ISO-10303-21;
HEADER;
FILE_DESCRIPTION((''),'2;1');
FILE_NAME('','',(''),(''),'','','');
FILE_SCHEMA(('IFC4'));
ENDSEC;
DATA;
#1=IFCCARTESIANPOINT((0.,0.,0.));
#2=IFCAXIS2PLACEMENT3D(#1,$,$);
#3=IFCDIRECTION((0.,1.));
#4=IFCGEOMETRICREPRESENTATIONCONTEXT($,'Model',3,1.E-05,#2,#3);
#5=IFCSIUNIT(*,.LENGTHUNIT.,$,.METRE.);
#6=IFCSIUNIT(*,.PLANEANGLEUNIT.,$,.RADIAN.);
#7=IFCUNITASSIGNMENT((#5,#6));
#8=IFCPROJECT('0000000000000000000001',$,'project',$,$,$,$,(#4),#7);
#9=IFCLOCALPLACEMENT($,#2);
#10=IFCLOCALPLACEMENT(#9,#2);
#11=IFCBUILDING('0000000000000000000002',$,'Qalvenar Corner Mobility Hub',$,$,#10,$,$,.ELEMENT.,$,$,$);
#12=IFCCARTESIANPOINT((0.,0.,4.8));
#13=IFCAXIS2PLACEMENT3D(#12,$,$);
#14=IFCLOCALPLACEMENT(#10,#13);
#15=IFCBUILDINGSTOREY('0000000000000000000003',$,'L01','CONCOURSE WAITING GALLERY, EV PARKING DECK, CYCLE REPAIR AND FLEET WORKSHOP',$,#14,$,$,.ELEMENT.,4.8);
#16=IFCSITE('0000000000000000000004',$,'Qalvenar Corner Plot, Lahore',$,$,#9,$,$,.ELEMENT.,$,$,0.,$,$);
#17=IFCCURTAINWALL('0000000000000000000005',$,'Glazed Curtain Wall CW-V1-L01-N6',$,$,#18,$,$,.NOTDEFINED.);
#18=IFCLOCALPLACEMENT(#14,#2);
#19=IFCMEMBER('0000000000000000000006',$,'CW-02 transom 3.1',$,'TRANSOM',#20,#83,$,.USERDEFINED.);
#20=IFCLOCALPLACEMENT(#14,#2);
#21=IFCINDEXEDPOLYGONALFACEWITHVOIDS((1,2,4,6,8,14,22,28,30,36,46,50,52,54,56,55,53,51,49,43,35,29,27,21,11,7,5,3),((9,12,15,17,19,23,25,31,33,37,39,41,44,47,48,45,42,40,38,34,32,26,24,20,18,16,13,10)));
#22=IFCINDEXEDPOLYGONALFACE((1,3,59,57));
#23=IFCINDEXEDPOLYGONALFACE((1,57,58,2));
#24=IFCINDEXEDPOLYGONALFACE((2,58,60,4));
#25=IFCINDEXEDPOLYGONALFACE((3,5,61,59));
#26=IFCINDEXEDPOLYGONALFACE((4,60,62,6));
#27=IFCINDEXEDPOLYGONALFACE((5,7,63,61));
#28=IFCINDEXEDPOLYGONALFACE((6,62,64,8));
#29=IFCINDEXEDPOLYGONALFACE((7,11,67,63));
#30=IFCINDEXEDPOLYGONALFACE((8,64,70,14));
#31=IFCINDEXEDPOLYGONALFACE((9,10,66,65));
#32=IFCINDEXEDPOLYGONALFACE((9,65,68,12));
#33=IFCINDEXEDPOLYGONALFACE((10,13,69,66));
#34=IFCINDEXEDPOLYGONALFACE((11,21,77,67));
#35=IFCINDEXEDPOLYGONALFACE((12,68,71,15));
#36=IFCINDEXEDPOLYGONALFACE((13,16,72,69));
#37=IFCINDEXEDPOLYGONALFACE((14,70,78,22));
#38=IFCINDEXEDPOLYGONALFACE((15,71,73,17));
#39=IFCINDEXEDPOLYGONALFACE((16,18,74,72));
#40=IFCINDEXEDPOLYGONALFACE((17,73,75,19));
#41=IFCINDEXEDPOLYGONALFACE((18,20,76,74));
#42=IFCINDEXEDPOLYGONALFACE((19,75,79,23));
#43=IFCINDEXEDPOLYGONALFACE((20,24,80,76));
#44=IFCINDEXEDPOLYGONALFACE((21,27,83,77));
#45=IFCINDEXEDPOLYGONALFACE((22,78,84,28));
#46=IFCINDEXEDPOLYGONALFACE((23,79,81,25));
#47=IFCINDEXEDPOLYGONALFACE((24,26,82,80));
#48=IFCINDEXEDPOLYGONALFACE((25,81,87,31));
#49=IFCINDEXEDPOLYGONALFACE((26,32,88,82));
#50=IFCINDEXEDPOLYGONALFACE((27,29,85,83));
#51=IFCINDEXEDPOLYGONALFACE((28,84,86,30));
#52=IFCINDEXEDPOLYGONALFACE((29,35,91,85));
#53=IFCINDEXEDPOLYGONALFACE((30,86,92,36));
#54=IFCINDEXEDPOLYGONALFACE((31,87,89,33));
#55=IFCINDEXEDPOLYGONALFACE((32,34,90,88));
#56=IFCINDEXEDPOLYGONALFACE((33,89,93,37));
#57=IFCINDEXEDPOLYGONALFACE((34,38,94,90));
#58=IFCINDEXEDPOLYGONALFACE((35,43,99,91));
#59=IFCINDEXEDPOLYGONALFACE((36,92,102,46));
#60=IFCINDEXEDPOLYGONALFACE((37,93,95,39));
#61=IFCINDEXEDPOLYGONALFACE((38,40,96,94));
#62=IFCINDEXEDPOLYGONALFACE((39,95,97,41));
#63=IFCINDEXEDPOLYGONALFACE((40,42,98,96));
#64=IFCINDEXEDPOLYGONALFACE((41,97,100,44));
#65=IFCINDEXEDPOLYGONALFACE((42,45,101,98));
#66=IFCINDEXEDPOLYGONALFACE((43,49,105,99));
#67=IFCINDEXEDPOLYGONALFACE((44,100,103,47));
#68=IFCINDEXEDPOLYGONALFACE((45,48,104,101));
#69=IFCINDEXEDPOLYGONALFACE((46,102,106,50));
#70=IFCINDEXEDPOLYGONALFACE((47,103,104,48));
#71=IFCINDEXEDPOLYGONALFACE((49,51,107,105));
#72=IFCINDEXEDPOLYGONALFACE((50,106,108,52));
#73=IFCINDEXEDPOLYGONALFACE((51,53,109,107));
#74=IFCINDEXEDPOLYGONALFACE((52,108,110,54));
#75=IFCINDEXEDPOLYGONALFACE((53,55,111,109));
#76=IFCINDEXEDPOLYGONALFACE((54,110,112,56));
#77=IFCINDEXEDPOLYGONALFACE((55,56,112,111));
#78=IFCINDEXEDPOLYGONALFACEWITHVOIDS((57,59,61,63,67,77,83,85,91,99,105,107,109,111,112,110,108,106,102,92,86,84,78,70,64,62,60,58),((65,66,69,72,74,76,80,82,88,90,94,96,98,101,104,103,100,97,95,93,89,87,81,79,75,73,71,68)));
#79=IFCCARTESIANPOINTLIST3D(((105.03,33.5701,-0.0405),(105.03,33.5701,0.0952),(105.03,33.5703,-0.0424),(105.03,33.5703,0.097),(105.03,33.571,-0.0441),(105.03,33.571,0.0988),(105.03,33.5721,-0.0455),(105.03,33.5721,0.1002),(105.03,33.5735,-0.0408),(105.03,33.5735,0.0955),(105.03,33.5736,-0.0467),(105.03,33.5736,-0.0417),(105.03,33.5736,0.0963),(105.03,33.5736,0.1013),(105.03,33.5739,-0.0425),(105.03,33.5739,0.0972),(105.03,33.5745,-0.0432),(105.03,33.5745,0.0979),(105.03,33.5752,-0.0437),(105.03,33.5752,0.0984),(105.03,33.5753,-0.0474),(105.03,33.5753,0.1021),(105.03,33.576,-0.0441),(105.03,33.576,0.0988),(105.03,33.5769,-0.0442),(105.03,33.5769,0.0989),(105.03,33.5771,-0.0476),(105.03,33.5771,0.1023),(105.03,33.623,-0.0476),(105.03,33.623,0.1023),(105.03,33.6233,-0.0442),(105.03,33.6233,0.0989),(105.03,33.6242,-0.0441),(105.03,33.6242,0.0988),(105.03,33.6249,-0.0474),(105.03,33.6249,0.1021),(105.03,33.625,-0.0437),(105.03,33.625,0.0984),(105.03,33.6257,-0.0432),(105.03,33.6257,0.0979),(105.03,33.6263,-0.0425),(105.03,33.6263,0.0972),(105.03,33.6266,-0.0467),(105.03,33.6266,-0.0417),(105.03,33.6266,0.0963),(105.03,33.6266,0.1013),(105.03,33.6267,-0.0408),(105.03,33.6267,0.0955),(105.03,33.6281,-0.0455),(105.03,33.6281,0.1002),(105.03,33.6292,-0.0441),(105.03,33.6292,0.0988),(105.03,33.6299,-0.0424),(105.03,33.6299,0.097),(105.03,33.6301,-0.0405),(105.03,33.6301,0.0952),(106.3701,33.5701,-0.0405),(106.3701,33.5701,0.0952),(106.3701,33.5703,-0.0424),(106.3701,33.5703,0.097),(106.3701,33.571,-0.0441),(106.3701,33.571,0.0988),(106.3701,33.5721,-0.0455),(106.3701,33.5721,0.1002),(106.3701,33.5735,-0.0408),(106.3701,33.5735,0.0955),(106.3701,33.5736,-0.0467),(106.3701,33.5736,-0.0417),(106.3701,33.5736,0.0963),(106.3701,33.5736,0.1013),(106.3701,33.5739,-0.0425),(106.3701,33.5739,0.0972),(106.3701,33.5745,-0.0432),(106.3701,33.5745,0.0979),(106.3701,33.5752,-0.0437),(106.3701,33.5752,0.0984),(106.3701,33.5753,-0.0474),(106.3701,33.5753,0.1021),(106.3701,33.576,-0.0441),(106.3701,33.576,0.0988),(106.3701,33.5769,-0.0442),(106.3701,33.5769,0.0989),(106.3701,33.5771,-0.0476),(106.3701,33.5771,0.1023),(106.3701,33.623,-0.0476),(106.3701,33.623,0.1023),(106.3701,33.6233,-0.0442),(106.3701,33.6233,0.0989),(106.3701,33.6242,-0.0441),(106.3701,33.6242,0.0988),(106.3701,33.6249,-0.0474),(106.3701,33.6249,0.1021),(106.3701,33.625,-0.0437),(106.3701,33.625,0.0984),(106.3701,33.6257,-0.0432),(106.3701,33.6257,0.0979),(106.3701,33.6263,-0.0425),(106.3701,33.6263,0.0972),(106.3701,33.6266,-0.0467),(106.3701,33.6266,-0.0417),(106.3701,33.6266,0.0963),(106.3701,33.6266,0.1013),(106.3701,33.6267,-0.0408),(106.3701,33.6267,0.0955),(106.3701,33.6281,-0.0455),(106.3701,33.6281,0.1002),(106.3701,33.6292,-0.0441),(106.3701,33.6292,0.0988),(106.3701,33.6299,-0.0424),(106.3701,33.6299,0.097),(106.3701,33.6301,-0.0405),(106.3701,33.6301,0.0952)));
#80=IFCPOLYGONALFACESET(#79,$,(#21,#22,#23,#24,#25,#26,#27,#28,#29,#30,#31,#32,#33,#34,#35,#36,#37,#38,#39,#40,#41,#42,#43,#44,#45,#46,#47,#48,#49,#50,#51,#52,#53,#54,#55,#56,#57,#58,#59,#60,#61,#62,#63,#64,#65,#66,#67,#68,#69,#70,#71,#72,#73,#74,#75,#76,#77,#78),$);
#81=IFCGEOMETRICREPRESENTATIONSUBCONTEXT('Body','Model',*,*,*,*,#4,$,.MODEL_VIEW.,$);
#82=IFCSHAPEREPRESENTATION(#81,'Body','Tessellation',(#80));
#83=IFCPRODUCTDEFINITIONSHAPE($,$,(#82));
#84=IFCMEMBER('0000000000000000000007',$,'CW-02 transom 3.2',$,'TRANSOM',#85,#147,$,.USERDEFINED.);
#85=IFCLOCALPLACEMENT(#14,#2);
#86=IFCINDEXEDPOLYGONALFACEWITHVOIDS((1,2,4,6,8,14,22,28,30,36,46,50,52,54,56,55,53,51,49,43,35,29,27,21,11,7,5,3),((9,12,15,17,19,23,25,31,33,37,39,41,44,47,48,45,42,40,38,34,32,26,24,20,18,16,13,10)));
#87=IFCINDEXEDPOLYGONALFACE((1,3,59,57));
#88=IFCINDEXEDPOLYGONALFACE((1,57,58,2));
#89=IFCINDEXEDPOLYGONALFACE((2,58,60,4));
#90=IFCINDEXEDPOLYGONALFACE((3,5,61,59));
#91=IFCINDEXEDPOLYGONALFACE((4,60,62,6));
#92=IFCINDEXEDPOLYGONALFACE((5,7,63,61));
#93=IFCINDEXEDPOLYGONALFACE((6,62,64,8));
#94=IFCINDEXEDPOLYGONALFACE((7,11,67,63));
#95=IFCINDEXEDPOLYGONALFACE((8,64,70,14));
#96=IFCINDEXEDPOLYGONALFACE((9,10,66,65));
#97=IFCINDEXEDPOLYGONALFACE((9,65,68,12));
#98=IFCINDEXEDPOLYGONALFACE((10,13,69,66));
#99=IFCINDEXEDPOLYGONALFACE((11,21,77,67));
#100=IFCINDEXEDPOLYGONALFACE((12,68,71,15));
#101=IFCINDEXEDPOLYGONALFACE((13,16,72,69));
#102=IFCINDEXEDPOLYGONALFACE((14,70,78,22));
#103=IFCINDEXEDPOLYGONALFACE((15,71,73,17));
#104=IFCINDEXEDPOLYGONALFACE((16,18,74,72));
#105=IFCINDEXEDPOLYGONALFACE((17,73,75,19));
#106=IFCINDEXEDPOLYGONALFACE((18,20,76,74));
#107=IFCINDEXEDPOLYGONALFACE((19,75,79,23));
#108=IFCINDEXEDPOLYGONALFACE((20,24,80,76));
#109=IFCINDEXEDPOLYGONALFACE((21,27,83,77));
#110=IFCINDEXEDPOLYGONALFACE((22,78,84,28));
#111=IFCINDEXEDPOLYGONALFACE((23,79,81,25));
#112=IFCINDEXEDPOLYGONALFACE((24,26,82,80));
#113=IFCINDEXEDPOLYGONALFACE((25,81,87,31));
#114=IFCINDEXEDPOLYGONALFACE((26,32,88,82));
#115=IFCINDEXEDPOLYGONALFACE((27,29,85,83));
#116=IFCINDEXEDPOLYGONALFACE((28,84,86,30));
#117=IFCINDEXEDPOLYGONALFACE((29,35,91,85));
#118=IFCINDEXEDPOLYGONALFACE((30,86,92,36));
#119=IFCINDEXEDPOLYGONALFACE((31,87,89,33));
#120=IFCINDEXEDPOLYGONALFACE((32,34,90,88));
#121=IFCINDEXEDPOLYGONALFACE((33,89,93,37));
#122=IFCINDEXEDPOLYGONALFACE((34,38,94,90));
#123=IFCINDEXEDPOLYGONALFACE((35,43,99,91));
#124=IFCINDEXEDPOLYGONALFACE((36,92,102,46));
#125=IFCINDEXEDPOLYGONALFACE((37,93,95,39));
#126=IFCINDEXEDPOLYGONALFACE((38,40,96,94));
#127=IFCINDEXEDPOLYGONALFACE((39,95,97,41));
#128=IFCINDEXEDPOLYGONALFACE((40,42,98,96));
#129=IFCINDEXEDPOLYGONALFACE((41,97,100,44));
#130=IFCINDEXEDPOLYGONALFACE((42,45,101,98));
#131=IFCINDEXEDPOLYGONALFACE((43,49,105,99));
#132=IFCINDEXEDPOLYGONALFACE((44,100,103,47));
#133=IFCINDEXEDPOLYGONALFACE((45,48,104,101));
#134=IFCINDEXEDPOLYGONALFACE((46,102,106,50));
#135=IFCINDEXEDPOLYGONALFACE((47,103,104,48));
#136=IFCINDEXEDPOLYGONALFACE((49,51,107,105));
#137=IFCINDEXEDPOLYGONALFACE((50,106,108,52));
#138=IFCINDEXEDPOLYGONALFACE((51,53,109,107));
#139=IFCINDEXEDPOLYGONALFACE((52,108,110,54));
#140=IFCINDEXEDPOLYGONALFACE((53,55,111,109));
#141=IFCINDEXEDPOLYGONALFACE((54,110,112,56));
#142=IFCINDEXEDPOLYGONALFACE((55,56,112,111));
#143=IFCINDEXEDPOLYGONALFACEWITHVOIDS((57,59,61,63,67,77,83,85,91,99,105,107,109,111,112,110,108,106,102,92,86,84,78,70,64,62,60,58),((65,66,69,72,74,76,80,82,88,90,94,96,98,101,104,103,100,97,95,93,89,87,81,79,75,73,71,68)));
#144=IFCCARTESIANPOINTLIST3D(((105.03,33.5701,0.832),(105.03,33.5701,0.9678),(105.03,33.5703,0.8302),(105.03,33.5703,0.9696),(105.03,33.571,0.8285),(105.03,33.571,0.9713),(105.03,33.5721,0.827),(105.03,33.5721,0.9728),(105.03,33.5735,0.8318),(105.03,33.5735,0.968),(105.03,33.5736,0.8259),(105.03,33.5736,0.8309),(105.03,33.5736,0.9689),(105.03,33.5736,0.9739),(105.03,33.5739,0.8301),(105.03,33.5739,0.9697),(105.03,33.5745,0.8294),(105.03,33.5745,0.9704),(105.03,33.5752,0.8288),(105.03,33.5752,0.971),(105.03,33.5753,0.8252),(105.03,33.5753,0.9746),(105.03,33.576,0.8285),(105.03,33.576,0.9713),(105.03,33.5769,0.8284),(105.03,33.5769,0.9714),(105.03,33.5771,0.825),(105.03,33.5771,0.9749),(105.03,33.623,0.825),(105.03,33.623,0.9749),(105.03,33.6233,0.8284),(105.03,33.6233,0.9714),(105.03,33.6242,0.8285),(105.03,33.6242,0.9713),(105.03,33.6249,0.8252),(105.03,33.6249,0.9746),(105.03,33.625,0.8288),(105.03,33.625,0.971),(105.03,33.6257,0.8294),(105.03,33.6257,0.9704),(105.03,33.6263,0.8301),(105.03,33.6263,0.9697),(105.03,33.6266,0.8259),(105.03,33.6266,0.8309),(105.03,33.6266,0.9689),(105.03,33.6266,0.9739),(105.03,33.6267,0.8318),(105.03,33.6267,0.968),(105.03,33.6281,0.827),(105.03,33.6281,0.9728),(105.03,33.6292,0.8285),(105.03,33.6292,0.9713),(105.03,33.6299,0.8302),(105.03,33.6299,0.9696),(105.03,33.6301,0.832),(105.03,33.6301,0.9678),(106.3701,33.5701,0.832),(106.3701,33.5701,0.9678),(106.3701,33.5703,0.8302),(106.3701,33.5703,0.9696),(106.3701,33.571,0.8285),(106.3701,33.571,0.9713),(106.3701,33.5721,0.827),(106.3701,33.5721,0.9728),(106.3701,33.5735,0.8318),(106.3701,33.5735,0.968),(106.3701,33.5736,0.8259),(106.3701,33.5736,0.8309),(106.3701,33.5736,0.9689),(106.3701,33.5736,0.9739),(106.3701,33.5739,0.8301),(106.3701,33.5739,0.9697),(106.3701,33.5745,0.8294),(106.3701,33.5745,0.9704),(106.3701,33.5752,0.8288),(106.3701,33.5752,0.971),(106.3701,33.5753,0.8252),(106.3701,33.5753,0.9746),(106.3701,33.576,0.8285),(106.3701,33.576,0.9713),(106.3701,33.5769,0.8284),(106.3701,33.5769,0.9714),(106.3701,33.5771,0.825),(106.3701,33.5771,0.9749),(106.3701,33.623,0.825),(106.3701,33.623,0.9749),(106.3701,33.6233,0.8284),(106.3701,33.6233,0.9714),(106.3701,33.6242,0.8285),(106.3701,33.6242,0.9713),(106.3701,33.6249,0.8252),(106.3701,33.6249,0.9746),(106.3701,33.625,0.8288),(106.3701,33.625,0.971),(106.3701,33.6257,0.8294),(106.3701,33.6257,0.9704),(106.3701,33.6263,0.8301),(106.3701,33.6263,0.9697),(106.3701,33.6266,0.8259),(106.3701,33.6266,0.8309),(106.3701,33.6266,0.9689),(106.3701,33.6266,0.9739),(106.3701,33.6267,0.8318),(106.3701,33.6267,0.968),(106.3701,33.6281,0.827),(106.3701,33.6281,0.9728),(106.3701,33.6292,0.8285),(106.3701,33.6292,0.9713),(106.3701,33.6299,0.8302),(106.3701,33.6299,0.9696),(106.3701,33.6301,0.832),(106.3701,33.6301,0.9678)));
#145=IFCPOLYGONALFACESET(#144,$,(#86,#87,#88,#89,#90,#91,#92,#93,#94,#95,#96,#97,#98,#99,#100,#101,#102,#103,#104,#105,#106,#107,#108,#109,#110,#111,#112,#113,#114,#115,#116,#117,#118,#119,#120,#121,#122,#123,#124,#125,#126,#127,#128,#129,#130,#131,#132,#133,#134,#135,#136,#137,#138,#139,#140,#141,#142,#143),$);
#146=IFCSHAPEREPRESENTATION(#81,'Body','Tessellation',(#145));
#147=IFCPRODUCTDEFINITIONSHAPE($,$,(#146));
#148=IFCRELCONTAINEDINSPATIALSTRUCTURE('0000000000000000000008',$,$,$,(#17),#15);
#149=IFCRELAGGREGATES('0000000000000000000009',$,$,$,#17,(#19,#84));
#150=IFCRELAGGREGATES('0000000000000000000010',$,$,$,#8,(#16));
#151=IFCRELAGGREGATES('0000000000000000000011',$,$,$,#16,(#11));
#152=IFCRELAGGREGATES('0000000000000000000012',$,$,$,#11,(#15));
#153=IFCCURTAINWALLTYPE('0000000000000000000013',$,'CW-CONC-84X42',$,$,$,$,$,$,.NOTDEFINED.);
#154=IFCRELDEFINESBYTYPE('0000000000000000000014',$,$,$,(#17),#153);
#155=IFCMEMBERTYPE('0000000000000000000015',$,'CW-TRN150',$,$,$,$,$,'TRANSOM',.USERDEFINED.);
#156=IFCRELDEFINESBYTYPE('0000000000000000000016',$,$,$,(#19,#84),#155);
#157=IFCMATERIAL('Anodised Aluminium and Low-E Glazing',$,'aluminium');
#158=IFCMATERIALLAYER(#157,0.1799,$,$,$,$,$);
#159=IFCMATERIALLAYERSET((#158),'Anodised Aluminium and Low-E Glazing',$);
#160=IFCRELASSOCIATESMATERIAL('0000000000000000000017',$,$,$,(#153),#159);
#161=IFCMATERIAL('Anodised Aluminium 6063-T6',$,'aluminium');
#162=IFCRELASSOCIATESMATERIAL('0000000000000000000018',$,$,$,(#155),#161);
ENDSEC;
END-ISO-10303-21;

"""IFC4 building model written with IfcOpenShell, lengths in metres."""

from ifc_helpers import new_model, si_unit, direction, frame, origin, origin_2d, place, context, subcontext, project, spatial, hollow_rectangle, extrude, material, layer, layer_set, material_profile, profile_set, type_object, element, aggregate, save


model = new_model("IFC4")

# Units and contexts
model_context = context("Model", 3, precision=1e-05, world=origin(), true_north=direction((0.0, 1.0)))
body_context = subcontext(model_context, "Body", "Model", "MODEL_VIEW")
ifc_project = project(units=[si_unit("LENGTHUNIT", "METRE"), si_unit("PLANEANGLEUNIT", "RADIAN")], contexts=[model_context])

# Site, building, storey
site_placement = place(None, origin())
site = spatial("IfcSite", under=ifc_project, at=site_placement, Name="Qalvenar Corner Plot, Lahore", CompositionType="ELEMENT", RefElevation=0.0)
building_placement = place(site_placement, origin())
building = spatial("IfcBuilding", under=site, at=building_placement, Name="Qalvenar Corner Mobility Hub", CompositionType="ELEMENT")
storey_placement = place(building_placement, frame((0.0, 0.0, 4.8)))
storey = spatial("IfcBuildingStorey", under=building, at=storey_placement, Name="L01", Description="CONCOURSE WAITING GALLERY, EV PARKING DECK, CYCLE REPAIR AND FLEET WORKSHOP", CompositionType="ELEMENT", Elevation=4.8)

# Curtain wall, members
ifc_material_1 = material(Name="Anodised Aluminium and Low-E Glazing", Category="aluminium")
ifc_layer_1 = layer(ifc_material_1, 0.1799)
ifc_layer_set_1 = layer_set([ifc_layer_1], Name="Anodised Aluminium and Low-E Glazing")
curtain_wall_type = type_object("IfcCurtainWallType", Name="CW-CONC-84X42", PredefinedType="NOTDEFINED", material=ifc_layer_set_1)
curtain_wall_placement = place(storey_placement, origin())
curtain_wall = element("IfcCurtainWall", 1, at=curtain_wall_placement, inside=storey, type_object=curtain_wall_type, Name="Glazed Curtain Wall CW-V1-L01-N6", PredefinedType="NOTDEFINED")
ifc_material_2 = material(Name="Anodised Aluminium 6063-T6", Category="aluminium")
ifc_material_profile_1 = material_profile(ifc_material_2, hollow_rectangle(XDim=0.0601, YDim=0.1499, WallThickness=0.0034, InnerFilletRadius=0.0034, OuterFilletRadius=0.0071, at=origin_2d()), Name="RHS150x60x3.5")
ifc_profile_set_1 = profile_set([ifc_material_profile_1], Name="Anodised Aluminium 6063-T6")
member_type_1 = type_object("IfcMemberType", Name="CW-TRN150", ElementType="TRANSOM", PredefinedType="USERDEFINED", material=ifc_profile_set_1)
member_1_placement = place(storey_placement, frame((106.3701, 33.6001, 0.0273), z_axis=(-1.0, 0.0, 0.0), x_axis=(0.0, -1.0, 0.0)))
member_1 = element("IfcMember", 2, at=member_1_placement, type_object=member_type_1, Name="CW-02 transom 3.1", ObjectType="TRANSOM", PredefinedType="USERDEFINED", context=body_context, shape_type="SweptSolid", body=[
    extrude(hollow_rectangle(XDim=0.0601, YDim=0.1499, WallThickness=0.0034, InnerFilletRadius=0.0034, OuterFilletRadius=0.0071, at=origin_2d()), origin(), (0.0, 0.0, 1.0), 1.3401),
])
member_2_placement = place(storey_placement, frame((106.3701, 33.6001, 0.8999), z_axis=(-1.0, 0.0, 0.0), x_axis=(0.0, -1.0, 0.0)))
member_2 = element("IfcMember", 3, at=member_2_placement, type_object=member_type_1, Name="CW-02 transom 3.2", ObjectType="TRANSOM", PredefinedType="USERDEFINED", context=body_context, shape_type="SweptSolid", body=[
    extrude(hollow_rectangle(XDim=0.0601, YDim=0.1499, WallThickness=0.0034, InnerFilletRadius=0.0034, OuterFilletRadius=0.0071, at=origin_2d()), origin(), (0.0, 0.0, 1.0), 1.3401),
])
aggregate(curtain_wall, [member_1, member_2])

save(model, "model.ifc")
